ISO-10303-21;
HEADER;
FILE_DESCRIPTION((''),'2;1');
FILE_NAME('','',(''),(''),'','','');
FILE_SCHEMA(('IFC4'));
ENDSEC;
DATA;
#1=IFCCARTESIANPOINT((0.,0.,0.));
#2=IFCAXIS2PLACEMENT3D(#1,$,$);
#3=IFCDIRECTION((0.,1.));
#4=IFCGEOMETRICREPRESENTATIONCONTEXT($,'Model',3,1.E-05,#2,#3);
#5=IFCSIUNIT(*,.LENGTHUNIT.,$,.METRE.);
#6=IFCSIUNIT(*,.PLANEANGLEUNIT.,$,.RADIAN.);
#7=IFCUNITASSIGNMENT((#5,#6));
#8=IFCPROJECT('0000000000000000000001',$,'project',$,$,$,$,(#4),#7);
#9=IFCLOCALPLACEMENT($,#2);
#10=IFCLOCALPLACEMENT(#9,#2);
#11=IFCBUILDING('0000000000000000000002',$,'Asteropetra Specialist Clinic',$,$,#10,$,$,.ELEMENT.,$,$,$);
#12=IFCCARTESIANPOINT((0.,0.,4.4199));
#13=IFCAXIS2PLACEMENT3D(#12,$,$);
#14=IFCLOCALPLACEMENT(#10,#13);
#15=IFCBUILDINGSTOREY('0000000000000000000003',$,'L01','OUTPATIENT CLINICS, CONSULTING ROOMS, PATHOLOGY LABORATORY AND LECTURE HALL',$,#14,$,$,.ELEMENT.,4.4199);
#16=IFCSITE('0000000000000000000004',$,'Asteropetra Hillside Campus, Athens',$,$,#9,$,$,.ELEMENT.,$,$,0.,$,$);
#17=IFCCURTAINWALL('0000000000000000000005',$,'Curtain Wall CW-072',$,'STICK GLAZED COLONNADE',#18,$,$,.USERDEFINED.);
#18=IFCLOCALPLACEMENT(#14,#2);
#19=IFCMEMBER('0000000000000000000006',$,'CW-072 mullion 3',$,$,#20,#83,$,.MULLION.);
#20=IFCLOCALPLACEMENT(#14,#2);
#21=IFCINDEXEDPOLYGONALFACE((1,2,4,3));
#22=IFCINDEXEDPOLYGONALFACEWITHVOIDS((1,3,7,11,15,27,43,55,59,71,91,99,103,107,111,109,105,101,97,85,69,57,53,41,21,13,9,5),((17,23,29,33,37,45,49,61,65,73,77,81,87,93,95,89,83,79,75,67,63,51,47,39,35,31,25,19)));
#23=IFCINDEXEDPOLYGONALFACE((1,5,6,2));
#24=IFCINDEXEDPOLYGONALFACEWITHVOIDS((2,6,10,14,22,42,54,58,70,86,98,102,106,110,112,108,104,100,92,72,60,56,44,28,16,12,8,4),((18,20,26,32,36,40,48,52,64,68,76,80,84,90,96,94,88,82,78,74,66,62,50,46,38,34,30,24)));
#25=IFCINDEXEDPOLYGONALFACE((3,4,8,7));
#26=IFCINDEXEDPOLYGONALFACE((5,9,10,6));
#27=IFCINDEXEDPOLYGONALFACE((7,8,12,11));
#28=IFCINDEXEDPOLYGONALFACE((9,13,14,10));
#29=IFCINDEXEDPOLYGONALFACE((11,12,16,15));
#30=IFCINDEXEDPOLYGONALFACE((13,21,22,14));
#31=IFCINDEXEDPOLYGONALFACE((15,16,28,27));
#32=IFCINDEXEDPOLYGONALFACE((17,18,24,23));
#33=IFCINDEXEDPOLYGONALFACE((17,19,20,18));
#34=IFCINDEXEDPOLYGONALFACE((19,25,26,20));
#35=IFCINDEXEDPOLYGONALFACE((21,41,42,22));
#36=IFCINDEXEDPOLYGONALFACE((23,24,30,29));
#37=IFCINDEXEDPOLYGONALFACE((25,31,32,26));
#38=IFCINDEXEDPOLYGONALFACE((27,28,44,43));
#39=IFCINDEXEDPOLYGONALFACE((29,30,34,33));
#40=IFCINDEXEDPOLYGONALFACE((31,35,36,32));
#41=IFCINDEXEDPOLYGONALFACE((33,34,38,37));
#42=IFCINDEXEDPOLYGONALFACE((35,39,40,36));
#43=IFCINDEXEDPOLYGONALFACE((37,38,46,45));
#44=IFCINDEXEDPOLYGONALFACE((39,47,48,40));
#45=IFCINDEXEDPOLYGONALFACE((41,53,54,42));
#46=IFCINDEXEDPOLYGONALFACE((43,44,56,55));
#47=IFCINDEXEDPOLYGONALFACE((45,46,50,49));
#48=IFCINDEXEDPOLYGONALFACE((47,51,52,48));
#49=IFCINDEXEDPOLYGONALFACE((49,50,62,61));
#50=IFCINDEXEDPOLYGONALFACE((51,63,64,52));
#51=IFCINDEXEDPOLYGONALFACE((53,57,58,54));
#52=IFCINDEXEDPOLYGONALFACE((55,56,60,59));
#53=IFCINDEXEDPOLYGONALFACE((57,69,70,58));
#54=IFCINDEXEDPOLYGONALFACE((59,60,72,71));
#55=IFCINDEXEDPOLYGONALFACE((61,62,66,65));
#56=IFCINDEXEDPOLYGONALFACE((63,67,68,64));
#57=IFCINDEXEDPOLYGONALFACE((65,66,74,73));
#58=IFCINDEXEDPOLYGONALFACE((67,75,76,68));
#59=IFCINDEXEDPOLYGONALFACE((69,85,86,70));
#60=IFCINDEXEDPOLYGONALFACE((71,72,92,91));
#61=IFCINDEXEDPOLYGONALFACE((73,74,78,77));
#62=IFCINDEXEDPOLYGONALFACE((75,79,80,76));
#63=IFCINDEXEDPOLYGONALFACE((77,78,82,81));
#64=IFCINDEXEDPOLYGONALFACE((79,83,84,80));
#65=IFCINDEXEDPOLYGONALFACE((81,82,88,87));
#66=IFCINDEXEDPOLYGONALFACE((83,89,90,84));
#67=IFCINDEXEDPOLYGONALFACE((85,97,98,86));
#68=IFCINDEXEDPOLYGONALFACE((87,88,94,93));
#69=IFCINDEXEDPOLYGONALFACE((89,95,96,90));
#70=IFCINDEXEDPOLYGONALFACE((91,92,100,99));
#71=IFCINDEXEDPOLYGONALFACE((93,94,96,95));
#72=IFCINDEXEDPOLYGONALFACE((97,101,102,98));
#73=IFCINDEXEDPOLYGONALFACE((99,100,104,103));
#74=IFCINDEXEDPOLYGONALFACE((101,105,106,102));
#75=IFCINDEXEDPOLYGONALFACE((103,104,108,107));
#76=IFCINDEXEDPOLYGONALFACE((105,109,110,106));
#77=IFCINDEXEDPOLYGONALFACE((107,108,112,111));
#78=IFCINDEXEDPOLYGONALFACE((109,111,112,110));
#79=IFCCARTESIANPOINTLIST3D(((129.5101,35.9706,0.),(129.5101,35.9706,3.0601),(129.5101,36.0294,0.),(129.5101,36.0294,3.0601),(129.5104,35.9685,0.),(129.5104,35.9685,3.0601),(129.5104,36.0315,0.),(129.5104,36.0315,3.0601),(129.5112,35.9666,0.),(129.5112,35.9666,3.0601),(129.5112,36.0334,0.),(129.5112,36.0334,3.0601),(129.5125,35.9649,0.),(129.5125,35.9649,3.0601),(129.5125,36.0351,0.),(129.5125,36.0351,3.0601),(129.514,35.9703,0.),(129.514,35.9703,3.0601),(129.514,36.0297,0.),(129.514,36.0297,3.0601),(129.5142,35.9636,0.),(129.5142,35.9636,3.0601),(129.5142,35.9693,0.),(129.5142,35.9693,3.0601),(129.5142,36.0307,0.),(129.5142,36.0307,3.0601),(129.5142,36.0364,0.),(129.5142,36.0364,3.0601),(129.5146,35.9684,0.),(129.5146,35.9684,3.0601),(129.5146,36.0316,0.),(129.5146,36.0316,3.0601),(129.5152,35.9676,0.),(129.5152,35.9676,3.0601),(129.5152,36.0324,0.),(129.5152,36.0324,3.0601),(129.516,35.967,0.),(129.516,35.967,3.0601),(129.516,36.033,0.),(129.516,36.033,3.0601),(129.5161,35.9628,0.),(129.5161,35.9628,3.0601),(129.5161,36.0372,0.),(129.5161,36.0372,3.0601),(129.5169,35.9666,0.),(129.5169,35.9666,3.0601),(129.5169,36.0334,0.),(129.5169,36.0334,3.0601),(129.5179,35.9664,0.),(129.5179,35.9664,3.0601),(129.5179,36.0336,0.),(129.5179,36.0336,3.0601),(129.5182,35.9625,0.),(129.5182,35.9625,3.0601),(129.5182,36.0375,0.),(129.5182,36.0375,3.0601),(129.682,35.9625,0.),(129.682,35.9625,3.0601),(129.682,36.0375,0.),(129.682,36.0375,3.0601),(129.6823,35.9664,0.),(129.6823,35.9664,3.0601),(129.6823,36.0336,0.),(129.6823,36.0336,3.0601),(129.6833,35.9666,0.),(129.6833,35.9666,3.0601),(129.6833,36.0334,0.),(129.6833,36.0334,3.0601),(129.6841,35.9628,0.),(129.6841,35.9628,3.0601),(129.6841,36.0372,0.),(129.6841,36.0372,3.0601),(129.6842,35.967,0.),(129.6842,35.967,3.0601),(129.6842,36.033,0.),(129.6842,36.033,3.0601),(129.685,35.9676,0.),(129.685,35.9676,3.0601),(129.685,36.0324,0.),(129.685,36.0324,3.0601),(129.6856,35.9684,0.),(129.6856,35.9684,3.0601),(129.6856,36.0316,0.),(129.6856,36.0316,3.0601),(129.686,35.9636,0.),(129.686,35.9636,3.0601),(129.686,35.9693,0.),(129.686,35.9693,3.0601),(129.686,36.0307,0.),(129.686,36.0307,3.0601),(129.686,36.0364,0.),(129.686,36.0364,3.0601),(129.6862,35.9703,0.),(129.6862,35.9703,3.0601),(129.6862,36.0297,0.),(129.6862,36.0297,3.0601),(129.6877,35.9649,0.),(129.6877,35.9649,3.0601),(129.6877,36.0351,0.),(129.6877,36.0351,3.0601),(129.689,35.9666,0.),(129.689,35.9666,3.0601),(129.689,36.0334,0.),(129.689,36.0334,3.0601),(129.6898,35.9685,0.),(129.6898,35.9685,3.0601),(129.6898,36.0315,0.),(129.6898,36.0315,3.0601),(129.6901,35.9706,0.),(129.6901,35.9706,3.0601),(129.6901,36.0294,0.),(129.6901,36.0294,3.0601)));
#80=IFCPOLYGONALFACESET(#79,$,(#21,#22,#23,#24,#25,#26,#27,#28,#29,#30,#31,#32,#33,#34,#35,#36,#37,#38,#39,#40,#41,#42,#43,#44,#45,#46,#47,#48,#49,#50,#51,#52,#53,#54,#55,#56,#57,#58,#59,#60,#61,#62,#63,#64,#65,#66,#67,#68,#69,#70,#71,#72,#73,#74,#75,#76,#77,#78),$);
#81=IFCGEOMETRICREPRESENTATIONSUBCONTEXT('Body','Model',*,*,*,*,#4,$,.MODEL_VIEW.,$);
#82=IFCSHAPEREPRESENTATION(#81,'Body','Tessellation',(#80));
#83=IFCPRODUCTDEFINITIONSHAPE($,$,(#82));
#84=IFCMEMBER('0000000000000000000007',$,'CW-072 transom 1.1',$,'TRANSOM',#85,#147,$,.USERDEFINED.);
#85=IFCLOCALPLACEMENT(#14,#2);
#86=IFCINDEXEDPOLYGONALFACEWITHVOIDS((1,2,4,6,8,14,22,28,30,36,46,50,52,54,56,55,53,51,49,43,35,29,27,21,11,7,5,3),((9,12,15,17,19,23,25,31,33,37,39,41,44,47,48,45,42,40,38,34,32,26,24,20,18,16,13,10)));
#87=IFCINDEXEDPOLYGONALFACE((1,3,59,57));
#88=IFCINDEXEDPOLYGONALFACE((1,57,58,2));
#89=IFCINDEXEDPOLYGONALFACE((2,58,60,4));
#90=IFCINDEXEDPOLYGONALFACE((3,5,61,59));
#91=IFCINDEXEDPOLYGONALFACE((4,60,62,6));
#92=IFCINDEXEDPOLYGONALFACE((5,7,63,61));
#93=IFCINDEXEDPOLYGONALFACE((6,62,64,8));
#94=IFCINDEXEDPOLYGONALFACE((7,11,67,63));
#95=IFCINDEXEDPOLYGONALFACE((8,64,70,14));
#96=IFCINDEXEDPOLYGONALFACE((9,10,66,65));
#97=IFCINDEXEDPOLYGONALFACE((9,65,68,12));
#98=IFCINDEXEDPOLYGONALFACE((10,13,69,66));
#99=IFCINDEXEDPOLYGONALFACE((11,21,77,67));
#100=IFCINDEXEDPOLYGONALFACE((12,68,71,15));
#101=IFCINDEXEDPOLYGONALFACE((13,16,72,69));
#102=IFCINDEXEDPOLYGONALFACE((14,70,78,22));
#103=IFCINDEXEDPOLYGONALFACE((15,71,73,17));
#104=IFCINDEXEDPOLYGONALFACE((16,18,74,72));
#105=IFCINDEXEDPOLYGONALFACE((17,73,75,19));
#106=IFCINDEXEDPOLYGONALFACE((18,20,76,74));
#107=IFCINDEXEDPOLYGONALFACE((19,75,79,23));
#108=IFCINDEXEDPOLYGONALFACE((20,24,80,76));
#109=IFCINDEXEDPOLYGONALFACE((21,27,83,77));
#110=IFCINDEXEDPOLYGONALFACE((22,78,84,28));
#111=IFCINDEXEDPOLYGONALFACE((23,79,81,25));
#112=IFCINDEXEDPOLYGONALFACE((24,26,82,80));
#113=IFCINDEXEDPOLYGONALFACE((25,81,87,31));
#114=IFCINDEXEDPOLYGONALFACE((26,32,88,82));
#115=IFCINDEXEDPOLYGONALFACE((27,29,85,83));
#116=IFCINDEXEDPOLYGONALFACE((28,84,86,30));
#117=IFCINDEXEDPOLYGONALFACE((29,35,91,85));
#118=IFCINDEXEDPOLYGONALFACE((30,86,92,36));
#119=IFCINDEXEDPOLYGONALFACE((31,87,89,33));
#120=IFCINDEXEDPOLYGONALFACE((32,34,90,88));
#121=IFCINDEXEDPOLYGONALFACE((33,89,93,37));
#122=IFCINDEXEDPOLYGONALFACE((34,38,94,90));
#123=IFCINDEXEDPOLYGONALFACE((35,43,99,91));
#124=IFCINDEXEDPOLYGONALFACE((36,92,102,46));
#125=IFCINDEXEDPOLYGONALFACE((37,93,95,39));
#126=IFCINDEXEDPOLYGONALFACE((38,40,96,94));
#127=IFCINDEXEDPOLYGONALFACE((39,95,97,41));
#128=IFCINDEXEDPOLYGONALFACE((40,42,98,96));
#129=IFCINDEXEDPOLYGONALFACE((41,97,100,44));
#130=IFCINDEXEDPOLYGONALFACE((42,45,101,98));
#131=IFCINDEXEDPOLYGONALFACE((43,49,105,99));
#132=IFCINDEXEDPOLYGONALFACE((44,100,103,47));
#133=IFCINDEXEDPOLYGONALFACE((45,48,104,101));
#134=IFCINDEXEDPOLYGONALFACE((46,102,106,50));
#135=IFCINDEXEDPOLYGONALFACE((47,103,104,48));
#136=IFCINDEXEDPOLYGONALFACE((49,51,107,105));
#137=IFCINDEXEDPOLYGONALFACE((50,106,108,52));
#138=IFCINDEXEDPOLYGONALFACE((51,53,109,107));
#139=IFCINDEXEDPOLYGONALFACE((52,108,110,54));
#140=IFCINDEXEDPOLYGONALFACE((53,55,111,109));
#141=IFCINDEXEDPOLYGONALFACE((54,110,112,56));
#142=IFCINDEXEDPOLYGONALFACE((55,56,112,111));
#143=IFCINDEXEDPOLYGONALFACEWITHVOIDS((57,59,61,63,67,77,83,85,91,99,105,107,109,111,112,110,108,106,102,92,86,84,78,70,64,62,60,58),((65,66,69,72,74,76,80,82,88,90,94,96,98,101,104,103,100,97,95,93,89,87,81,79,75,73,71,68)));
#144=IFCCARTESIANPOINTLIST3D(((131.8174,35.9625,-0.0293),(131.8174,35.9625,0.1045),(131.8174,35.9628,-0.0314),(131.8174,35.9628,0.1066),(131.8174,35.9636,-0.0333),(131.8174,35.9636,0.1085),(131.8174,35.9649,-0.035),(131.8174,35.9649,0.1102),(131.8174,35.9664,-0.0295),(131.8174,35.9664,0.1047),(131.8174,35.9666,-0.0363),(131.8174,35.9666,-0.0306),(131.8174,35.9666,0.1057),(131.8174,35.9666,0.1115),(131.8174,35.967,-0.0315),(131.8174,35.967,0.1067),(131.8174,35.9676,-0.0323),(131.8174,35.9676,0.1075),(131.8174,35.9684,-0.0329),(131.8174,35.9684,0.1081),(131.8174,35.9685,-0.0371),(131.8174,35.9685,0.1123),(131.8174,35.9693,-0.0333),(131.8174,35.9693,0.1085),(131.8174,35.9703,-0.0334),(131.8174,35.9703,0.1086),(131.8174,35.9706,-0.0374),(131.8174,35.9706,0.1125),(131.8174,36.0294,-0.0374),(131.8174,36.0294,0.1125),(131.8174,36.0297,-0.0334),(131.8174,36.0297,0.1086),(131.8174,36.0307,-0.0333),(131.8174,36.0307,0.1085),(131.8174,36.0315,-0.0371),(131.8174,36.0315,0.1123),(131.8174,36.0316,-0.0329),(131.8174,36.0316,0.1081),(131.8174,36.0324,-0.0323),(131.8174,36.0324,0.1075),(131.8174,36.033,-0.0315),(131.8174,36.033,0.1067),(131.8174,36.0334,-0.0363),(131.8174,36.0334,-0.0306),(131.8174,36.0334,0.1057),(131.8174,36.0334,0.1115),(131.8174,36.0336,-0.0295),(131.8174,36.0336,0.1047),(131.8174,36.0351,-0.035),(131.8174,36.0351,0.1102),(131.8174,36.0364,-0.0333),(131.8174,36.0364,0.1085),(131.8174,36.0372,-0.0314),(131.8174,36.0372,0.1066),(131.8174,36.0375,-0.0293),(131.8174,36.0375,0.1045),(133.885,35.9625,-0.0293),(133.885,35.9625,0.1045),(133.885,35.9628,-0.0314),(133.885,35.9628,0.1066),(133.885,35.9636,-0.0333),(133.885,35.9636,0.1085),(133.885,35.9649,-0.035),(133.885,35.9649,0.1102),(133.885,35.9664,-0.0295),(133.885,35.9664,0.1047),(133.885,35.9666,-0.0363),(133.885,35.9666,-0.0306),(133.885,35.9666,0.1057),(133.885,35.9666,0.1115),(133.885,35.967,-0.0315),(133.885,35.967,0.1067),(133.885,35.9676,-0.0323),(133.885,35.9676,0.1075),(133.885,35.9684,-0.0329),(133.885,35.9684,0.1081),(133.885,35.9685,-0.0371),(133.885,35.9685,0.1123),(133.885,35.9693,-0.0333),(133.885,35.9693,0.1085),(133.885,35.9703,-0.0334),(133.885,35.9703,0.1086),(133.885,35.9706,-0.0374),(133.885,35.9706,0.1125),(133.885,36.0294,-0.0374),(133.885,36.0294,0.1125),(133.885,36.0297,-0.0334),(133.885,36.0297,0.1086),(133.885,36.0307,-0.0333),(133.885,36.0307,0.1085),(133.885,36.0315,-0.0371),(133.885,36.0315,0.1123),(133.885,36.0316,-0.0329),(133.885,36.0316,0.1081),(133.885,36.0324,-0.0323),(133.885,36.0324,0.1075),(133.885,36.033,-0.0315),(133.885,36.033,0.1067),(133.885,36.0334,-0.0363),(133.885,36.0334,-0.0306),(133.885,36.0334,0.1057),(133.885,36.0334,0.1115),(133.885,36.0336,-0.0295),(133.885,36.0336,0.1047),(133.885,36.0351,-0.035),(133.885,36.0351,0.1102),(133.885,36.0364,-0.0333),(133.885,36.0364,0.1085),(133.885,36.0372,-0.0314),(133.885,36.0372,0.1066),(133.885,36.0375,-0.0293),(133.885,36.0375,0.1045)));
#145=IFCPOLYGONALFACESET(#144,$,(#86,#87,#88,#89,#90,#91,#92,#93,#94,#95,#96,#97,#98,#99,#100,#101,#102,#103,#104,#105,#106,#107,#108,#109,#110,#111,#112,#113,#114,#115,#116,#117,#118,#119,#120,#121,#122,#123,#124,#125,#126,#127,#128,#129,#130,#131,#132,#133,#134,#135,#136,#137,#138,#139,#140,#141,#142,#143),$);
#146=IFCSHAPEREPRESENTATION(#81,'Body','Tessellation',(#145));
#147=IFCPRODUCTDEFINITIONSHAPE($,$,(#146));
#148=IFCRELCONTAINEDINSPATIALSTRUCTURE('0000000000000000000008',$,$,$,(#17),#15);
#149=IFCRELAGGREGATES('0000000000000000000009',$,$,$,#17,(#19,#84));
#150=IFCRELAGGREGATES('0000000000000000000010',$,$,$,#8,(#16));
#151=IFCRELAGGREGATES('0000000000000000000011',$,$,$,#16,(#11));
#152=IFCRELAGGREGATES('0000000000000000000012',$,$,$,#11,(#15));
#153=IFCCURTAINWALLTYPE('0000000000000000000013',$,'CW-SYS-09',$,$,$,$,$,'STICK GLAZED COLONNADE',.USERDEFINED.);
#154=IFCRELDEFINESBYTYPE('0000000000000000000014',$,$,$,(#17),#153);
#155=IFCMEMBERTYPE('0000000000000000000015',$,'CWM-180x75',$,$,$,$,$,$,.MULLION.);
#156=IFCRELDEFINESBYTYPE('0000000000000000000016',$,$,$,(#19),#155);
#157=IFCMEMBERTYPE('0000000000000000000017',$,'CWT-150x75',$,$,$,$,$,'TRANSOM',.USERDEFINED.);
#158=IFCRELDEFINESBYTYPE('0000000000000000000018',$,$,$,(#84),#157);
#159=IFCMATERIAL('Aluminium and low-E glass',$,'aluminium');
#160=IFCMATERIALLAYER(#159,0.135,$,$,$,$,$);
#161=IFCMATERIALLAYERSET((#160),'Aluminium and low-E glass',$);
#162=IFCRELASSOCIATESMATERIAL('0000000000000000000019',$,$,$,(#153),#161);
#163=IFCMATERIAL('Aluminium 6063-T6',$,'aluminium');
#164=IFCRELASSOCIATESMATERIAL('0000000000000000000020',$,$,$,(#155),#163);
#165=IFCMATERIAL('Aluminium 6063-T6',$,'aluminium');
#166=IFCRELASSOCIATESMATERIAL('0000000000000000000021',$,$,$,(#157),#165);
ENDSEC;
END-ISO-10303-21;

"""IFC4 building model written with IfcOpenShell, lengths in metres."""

from ifc_helpers import new_model, si_unit, direction, frame, origin, origin_2d, place, context, subcontext, project, spatial, hollow_rectangle, extrude, material, layer, layer_set, material_profile, profile_set, type_object, element, aggregate, save


model = new_model("IFC4")

# Units and contexts
model_context = context("Model", 3, precision=1e-05, world=origin(), true_north=direction((0.0, 1.0)))
body_context = subcontext(model_context, "Body", "Model", "MODEL_VIEW")
ifc_project = project(units=[si_unit("LENGTHUNIT", "METRE"), si_unit("PLANEANGLEUNIT", "RADIAN")], contexts=[model_context])

# Site, building, storey
site_placement = place(None, origin())
site = spatial("IfcSite", under=ifc_project, at=site_placement, Name="Asteropetra Hillside Campus, Athens", CompositionType="ELEMENT", RefElevation=0.0)
building_placement = place(site_placement, origin())
building = spatial("IfcBuilding", under=site, at=building_placement, Name="Asteropetra Specialist Clinic", CompositionType="ELEMENT")
storey_placement = place(building_placement, frame((0.0, 0.0, 4.4199)))
storey = spatial("IfcBuildingStorey", under=building, at=storey_placement, Name="L01", Description="OUTPATIENT CLINICS, CONSULTING ROOMS, PATHOLOGY LABORATORY AND LECTURE HALL", CompositionType="ELEMENT", Elevation=4.4199)

# Curtain wall, members
ifc_material_1 = material(Name="Aluminium and low-E glass", Category="aluminium")
ifc_layer_1 = layer(ifc_material_1, 0.135)
ifc_layer_set_1 = layer_set([ifc_layer_1], Name="Aluminium and low-E glass")
curtain_wall_type = type_object("IfcCurtainWallType", Name="CW-SYS-09", ElementType="STICK GLAZED COLONNADE", PredefinedType="USERDEFINED", material=ifc_layer_set_1)
curtain_wall_placement = place(storey_placement, origin())
curtain_wall = element("IfcCurtainWall", 1, at=curtain_wall_placement, inside=storey, type_object=curtain_wall_type, Name="Curtain Wall CW-072", ObjectType="STICK GLAZED COLONNADE", PredefinedType="USERDEFINED")
ifc_material_2 = material(Name="Aluminium 6063-T6", Category="aluminium")
ifc_material_profile_1 = material_profile(ifc_material_2, hollow_rectangle(XDim=0.075, YDim=0.1799, WallThickness=0.0039, InnerFilletRadius=0.0039, OuterFilletRadius=0.0081, at=origin_2d()), Name="MUL 180x75x4.0")
ifc_profile_set_1 = profile_set([ifc_material_profile_1], Name="Aluminium 6063-T6")
member_type_1 = type_object("IfcMemberType", Name="CWM-180x75", PredefinedType="MULLION", material=ifc_profile_set_1)
member_1_placement = place(storey_placement, frame((129.6001, 36.0, 0.0), z_axis=(0.0, 0.0, 1.0), x_axis=(0.0, -1.0, 0.0)))
member_1 = element("IfcMember", 2, at=member_1_placement, type_object=member_type_1, Name="CW-072 mullion 3", PredefinedType="MULLION", context=body_context, shape_type="SweptSolid", body=[
    extrude(hollow_rectangle(XDim=0.075, YDim=0.1799, WallThickness=0.0039, InnerFilletRadius=0.0039, OuterFilletRadius=0.0081, at=origin_2d()), origin(), (0.0, 0.0, 1.0), 3.0601),
])
ifc_material_3 = material(Name="Aluminium 6063-T6", Category="aluminium")
ifc_material_profile_2 = material_profile(ifc_material_3, hollow_rectangle(XDim=0.075, YDim=0.1499, WallThickness=0.0039, InnerFilletRadius=0.0039, OuterFilletRadius=0.0081, at=origin_2d()), Name="TRN 150x75x4.0")
ifc_profile_set_2 = profile_set([ifc_material_profile_2], Name="Aluminium 6063-T6")
member_type_2 = type_object("IfcMemberType", Name="CWT-150x75", ElementType="TRANSOM", PredefinedType="USERDEFINED", material=ifc_profile_set_2)
member_2_placement = place(storey_placement, frame((133.885, 36.0, 0.0376), z_axis=(-1.0, 0.0, 0.0), x_axis=(0.0, -1.0, 0.0)))
member_2 = element("IfcMember", 3, at=member_2_placement, type_object=member_type_2, Name="CW-072 transom 1.1", ObjectType="TRANSOM", PredefinedType="USERDEFINED", context=body_context, shape_type="SweptSolid", body=[
    extrude(hollow_rectangle(XDim=0.075, YDim=0.1499, WallThickness=0.0039, InnerFilletRadius=0.0039, OuterFilletRadius=0.0081, at=origin_2d()), origin(), (0.0, 0.0, 1.0), 2.0676),
])
aggregate(curtain_wall, [member_1, member_2])

save(model, "model.ifc")
